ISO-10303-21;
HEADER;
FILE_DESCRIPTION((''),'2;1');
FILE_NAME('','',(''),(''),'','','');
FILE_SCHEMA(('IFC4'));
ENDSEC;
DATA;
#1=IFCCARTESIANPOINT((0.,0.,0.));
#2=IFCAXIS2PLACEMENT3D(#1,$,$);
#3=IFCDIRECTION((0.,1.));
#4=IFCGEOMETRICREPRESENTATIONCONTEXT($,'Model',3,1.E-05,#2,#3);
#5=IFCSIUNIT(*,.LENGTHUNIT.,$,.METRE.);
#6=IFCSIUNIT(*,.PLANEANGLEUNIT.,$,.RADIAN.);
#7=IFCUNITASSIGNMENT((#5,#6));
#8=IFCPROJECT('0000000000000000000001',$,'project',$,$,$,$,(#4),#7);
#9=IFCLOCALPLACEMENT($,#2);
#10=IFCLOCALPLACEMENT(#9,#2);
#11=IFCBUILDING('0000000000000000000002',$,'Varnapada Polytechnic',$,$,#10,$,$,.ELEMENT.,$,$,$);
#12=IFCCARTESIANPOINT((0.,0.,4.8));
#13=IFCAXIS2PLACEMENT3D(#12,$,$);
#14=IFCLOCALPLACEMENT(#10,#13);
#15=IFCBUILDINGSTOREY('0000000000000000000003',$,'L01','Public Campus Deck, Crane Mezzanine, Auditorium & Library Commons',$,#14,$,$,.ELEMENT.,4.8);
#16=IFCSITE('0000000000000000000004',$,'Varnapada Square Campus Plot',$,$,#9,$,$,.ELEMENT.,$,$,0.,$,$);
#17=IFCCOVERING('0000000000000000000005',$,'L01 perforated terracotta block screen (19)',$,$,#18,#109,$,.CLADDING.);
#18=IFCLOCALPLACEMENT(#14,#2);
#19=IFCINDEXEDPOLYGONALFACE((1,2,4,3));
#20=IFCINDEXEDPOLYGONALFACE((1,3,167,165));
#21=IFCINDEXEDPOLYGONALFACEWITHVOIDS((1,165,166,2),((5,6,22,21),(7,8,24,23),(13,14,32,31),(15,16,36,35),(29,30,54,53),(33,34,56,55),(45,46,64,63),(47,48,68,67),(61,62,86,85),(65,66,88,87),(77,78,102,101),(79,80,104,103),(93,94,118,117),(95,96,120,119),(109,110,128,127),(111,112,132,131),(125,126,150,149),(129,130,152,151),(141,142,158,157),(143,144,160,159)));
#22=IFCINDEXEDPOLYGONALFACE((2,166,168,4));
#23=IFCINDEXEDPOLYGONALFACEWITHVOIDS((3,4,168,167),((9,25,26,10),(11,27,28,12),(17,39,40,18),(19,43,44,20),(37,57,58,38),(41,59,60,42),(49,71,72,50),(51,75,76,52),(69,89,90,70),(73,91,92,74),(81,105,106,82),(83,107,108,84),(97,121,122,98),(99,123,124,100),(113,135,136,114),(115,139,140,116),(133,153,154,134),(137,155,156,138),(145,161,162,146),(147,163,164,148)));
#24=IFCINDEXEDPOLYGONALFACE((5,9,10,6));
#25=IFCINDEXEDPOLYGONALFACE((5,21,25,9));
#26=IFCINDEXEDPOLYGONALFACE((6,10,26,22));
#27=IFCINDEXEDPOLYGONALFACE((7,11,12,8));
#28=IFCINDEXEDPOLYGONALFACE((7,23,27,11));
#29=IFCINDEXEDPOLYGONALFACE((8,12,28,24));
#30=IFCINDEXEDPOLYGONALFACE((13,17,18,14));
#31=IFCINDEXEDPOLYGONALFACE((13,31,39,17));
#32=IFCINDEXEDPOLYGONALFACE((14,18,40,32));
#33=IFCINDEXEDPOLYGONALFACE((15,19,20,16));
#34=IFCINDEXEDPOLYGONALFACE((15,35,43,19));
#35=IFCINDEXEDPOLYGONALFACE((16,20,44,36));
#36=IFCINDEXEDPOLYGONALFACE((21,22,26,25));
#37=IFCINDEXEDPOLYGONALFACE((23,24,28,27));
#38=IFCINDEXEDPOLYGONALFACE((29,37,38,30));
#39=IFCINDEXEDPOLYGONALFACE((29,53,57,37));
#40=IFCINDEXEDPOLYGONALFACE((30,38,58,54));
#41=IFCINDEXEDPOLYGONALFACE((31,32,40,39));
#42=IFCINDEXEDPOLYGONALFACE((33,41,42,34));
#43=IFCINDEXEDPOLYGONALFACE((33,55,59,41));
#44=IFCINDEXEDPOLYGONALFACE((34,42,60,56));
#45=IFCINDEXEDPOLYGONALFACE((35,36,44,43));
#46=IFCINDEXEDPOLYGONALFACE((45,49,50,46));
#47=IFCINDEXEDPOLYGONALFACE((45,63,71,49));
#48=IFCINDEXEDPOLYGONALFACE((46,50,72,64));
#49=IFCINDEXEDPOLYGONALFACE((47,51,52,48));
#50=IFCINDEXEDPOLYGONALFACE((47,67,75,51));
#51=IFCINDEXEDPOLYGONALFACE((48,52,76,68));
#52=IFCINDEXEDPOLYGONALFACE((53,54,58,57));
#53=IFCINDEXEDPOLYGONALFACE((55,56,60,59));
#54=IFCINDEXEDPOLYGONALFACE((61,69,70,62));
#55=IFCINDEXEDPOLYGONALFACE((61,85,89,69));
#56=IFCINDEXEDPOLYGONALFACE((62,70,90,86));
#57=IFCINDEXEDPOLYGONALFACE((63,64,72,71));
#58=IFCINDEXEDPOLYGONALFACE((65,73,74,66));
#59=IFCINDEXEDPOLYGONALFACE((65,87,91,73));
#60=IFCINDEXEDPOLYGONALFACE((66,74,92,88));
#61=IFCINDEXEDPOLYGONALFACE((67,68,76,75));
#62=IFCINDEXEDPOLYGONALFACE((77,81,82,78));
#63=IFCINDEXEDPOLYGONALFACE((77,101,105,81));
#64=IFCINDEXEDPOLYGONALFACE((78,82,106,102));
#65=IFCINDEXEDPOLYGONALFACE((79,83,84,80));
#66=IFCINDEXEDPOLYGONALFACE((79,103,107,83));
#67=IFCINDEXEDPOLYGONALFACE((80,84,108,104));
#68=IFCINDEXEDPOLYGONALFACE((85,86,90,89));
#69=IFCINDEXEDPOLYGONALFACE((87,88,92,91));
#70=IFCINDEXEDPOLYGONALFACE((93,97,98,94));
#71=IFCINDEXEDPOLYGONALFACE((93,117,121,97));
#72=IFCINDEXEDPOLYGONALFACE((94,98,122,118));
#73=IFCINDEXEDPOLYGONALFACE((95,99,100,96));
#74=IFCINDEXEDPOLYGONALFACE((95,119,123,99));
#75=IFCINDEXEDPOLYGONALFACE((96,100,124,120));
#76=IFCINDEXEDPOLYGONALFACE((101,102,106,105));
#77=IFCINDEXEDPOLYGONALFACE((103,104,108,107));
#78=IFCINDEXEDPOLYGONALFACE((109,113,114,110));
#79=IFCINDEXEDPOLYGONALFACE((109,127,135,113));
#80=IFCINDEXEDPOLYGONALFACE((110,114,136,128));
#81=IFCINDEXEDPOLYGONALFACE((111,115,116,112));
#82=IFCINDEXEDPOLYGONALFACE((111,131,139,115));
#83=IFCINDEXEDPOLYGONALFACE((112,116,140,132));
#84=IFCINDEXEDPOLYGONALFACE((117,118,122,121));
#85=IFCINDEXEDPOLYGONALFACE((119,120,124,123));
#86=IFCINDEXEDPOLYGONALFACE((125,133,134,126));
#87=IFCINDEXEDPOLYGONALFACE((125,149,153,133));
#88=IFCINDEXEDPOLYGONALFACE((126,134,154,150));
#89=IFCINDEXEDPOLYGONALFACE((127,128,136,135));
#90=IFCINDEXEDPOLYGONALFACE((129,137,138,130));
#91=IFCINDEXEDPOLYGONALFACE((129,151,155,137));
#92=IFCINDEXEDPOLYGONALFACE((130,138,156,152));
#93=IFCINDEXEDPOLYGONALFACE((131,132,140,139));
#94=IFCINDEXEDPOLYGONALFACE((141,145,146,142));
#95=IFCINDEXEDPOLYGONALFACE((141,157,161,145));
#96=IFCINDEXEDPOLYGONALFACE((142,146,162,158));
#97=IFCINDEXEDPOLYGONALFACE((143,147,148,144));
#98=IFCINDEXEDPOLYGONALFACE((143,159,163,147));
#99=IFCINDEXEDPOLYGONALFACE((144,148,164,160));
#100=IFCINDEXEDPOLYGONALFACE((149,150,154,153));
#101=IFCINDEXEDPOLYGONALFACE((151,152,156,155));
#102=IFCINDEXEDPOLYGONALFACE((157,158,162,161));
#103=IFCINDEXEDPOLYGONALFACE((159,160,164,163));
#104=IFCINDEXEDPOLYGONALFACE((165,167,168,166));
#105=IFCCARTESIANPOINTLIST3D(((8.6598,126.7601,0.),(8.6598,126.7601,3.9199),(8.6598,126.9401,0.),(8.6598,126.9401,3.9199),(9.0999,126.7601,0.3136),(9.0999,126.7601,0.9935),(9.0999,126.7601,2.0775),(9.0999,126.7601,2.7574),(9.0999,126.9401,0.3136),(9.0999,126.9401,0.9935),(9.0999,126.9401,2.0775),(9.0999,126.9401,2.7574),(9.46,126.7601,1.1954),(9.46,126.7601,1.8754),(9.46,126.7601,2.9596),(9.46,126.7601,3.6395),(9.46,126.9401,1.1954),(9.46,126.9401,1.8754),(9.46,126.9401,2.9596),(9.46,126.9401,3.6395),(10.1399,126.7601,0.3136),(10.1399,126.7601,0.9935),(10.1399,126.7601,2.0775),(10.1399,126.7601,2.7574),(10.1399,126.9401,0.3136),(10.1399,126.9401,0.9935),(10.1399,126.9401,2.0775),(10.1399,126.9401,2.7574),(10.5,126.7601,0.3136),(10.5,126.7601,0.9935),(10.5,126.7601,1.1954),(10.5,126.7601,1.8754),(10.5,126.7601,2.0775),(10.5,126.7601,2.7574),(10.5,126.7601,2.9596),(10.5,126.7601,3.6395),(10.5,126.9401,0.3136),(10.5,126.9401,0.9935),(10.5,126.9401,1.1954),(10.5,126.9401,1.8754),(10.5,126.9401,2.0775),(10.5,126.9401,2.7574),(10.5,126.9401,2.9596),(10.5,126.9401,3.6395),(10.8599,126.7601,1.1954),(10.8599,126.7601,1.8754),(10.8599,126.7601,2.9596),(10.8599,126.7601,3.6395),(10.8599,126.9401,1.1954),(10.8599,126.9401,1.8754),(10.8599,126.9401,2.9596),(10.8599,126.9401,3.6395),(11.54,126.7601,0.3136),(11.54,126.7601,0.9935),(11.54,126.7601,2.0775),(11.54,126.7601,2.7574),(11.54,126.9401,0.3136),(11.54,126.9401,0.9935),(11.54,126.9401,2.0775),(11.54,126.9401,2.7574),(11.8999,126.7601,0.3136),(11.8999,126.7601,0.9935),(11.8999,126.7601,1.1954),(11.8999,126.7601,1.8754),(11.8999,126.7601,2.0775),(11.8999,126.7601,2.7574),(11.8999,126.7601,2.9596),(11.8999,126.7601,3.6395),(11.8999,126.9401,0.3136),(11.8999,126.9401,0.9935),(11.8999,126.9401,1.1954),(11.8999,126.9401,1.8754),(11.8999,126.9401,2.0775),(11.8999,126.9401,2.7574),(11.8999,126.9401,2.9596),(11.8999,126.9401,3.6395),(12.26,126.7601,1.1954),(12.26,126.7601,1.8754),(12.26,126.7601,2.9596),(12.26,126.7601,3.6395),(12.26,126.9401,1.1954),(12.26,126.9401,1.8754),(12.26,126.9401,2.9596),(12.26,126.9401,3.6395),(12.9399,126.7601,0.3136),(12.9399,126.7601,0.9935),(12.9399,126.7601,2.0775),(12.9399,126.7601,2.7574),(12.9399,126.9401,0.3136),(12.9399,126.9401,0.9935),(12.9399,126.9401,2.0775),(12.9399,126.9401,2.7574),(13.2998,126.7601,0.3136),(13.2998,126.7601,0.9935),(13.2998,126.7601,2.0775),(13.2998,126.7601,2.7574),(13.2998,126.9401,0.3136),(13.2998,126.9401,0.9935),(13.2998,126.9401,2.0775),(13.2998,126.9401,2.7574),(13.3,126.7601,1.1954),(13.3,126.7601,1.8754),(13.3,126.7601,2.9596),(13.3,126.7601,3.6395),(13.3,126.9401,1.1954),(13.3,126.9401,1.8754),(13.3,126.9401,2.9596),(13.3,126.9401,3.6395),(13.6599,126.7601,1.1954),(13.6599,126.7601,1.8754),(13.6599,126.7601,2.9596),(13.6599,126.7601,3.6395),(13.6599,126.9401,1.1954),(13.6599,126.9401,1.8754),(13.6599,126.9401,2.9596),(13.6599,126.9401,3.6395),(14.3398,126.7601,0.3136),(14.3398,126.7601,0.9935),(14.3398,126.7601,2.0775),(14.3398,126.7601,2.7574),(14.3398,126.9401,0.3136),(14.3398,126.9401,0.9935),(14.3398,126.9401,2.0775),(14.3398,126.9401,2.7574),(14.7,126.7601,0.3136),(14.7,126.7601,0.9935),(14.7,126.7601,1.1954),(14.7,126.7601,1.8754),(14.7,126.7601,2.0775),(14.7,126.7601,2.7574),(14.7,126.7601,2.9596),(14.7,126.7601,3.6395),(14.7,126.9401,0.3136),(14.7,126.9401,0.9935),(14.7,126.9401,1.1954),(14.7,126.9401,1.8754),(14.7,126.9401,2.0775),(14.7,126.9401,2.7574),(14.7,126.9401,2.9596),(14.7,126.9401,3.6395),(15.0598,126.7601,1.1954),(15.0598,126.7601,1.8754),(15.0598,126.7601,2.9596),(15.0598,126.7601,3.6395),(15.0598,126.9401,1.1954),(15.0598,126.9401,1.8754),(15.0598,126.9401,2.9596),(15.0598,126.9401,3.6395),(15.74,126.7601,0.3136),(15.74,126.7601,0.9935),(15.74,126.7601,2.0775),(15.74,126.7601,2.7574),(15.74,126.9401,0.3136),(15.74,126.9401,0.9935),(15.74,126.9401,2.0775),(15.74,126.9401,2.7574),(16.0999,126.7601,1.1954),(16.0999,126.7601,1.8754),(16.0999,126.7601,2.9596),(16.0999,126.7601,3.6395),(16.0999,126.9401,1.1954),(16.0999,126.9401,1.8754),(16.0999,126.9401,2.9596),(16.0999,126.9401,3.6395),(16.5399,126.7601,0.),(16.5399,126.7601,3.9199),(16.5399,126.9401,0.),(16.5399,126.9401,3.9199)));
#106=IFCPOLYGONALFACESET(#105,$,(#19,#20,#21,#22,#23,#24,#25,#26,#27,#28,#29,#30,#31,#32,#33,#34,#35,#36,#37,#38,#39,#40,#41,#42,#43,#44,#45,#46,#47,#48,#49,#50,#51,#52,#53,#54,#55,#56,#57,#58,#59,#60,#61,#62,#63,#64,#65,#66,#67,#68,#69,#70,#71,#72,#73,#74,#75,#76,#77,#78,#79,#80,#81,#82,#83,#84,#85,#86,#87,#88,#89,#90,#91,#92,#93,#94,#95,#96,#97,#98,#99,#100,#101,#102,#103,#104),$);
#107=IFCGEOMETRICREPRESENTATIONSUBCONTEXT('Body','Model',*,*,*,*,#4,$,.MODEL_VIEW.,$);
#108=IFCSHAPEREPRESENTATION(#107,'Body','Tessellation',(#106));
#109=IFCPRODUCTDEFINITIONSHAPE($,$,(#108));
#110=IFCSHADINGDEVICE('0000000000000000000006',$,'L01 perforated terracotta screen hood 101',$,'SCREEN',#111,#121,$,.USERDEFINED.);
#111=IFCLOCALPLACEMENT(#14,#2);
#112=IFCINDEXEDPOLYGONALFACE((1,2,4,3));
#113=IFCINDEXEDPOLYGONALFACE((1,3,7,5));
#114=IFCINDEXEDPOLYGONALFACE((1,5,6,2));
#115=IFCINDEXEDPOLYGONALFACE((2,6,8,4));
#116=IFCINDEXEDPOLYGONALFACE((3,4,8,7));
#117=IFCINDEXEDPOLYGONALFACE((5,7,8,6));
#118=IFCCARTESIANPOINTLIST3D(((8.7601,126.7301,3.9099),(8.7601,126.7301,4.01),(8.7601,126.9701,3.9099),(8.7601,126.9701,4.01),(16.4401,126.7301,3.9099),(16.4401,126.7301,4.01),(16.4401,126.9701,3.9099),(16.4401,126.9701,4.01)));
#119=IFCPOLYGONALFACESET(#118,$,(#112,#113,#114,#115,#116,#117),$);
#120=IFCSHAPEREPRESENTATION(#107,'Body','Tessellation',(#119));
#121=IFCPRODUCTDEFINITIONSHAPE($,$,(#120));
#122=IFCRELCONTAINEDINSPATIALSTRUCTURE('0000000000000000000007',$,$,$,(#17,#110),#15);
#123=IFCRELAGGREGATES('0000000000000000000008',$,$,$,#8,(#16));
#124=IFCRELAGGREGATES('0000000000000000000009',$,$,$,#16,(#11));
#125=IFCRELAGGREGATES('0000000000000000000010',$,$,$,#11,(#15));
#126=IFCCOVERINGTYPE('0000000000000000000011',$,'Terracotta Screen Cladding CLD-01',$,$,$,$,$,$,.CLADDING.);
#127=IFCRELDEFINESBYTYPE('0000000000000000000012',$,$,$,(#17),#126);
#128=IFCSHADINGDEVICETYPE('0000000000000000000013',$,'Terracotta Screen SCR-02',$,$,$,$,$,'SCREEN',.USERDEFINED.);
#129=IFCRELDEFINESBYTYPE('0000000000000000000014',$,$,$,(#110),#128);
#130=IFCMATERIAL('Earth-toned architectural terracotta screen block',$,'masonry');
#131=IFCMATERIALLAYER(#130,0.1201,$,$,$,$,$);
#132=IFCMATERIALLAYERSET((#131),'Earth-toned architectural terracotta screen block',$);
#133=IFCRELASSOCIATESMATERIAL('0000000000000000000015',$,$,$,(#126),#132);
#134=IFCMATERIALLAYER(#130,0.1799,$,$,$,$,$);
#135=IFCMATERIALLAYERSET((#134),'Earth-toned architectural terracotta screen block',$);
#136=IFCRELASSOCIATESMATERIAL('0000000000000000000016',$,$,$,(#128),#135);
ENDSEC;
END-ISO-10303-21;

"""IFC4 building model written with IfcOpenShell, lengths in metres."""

from ifc_helpers import new_model, si_unit, direction, frame, frame_2d, origin, origin_2d, place, context, subcontext, project, spatial, rectangle, extrude, material, layer, layer_set, type_object, element, save


model = new_model("IFC4")

# Units and contexts
model_context = context("Model", 3, precision=1e-05, world=origin(), true_north=direction((0.0, 1.0)))
body_context = subcontext(model_context, "Body", "Model", "MODEL_VIEW")
ifc_project = project(units=[si_unit("LENGTHUNIT", "METRE"), si_unit("PLANEANGLEUNIT", "RADIAN")], contexts=[model_context])

# Site, building, storey
site_placement = place(None, origin())
site = spatial("IfcSite", under=ifc_project, at=site_placement, Name="Varnapada Square Campus Plot", CompositionType="ELEMENT", RefElevation=0.0)
building_placement = place(site_placement, origin())
building = spatial("IfcBuilding", under=site, at=building_placement, Name="Varnapada Polytechnic", CompositionType="ELEMENT")
storey_placement = place(building_placement, frame((0.0, 0.0, 4.8)))
storey = spatial("IfcBuildingStorey", under=building, at=storey_placement, Name="L01", Description="Public Campus Deck, Crane Mezzanine, Auditorium & Library Commons", CompositionType="ELEMENT", Elevation=4.8)

# Covering, openings
ifc_material_1 = material(Name="Earth-toned architectural terracotta screen block", Category="masonry")
ifc_layer_1 = layer(ifc_material_1, 0.1201)
ifc_layer_set_1 = layer_set([ifc_layer_1], Name="Earth-toned architectural terracotta screen block")
covering_type = type_object("IfcCoveringType", Name="Terracotta Screen Cladding CLD-01", PredefinedType="CLADDING", material=ifc_layer_set_1)
covering_placement = place(storey_placement, frame((8.6599, 126.8501, 0.0), z_axis=(0.0, 0.0, 1.0), x_axis=(1.0, 0.0, 0.0)))
covering = element("IfcCovering", 1, at=covering_placement, inside=storey, type_object=covering_type, Name="L01 perforated terracotta block screen (19)", PredefinedType="CLADDING", context=body_context, shape_type="SweptSolid", body=[
    extrude(rectangle(XDim=7.8801, YDim=0.1799, at=frame_2d((3.9399, 0.0))), origin(), (0.0, 0.0, 1.0), 3.9199),
])
opening_1_placement = place(covering_placement, frame((0.4399, 0.0, 0.3137)))
element("IfcOpeningElement", 2, at=opening_1_placement, cuts=covering, PredefinedType="OPENING", context=body_context, shape_type="SweptSolid", body=[
    extrude(rectangle(XDim=1.04, YDim=0.6799, at=frame_2d((0.52, 0.3398))), frame((0.0, 0.0999, 0.0), z_axis=(0.0, -1.0, 0.0), x_axis=(1.0, 0.0, 0.0)), (0.0, 0.0, 1.0), 0.2),
])
opening_2_placement = place(covering_placement, frame((1.8401, 0.0, 0.3137)))
element("IfcOpeningElement", 3, at=opening_2_placement, cuts=covering, PredefinedType="OPENING", context=body_context, shape_type="SweptSolid", body=[
    extrude(rectangle(XDim=1.04, YDim=0.6799, at=frame_2d((0.52, 0.3398))), frame((0.0, 0.0999, 0.0), z_axis=(0.0, -1.0, 0.0), x_axis=(1.0, 0.0, 0.0)), (0.0, 0.0, 1.0), 0.2),
])
opening_3_placement = place(covering_placement, frame((3.24, 0.0, 0.3137)))
element("IfcOpeningElement", 4, at=opening_3_placement, cuts=covering, PredefinedType="OPENING", context=body_context, shape_type="SweptSolid", body=[
    extrude(rectangle(XDim=1.04, YDim=0.6799, at=frame_2d((0.52, 0.3398))), frame((0.0, 0.0999, 0.0), z_axis=(0.0, -1.0, 0.0), x_axis=(1.0, 0.0, 0.0)), (0.0, 0.0, 1.0), 0.2),
])
opening_4_placement = place(covering_placement, frame((4.6399, 0.0, 0.3137)))
element("IfcOpeningElement", 5, at=opening_4_placement, cuts=covering, PredefinedType="OPENING", context=body_context, shape_type="SweptSolid", body=[
    extrude(rectangle(XDim=1.04, YDim=0.6799, at=frame_2d((0.52, 0.3398))), frame((0.0, 0.0999, 0.0), z_axis=(0.0, -1.0, 0.0), x_axis=(1.0, 0.0, 0.0)), (0.0, 0.0, 1.0), 0.2),
])
opening_5_placement = place(covering_placement, frame((6.04, 0.0, 0.3137)))
element("IfcOpeningElement", 6, at=opening_5_placement, cuts=covering, PredefinedType="OPENING", context=body_context, shape_type="SweptSolid", body=[
    extrude(rectangle(XDim=1.04, YDim=0.6799, at=frame_2d((0.52, 0.3398))), frame((0.0, 0.0999, 0.0), z_axis=(0.0, -1.0, 0.0), x_axis=(1.0, 0.0, 0.0)), (0.0, 0.0, 1.0), 0.2),
])
opening_6_placement = place(covering_placement, frame((0.8, 0.0, 1.1956)))
element("IfcOpeningElement", 7, at=opening_6_placement, cuts=covering, PredefinedType="OPENING", context=body_context, shape_type="SweptSolid", body=[
    extrude(rectangle(XDim=1.04, YDim=0.6799, at=frame_2d((0.52, 0.3398))), frame((0.0, 0.0999, 0.0), z_axis=(0.0, -1.0, 0.0), x_axis=(1.0, 0.0, 0.0)), (0.0, 0.0, 1.0), 0.2),
])
opening_7_placement = place(covering_placement, frame((2.2, 0.0, 1.1956)))
element("IfcOpeningElement", 8, at=opening_7_placement, cuts=covering, PredefinedType="OPENING", context=body_context, shape_type="SweptSolid", body=[
    extrude(rectangle(XDim=1.04, YDim=0.6799, at=frame_2d((0.52, 0.3398))), frame((0.0, 0.0999, 0.0), z_axis=(0.0, -1.0, 0.0), x_axis=(1.0, 0.0, 0.0)), (0.0, 0.0, 1.0), 0.2),
])
opening_8_placement = place(covering_placement, frame((3.6001, 0.0, 1.1956)))
element("IfcOpeningElement", 9, at=opening_8_placement, cuts=covering, PredefinedType="OPENING", context=body_context, shape_type="SweptSolid", body=[
    extrude(rectangle(XDim=1.04, YDim=0.6799, at=frame_2d((0.52, 0.3398))), frame((0.0, 0.0999, 0.0), z_axis=(0.0, -1.0, 0.0), x_axis=(1.0, 0.0, 0.0)), (0.0, 0.0, 1.0), 0.2),
])
opening_9_placement = place(covering_placement, frame((5.0, 0.0, 1.1956)))
element("IfcOpeningElement", 10, at=opening_9_placement, cuts=covering, PredefinedType="OPENING", context=body_context, shape_type="SweptSolid", body=[
    extrude(rectangle(XDim=1.04, YDim=0.6799, at=frame_2d((0.52, 0.3398))), frame((0.0, 0.0999, 0.0), z_axis=(0.0, -1.0, 0.0), x_axis=(1.0, 0.0, 0.0)), (0.0, 0.0, 1.0), 0.2),
])
opening_10_placement = place(covering_placement, frame((6.3999, 0.0, 1.1956)))
element("IfcOpeningElement", 11, at=opening_10_placement, cuts=covering, PredefinedType="OPENING", context=body_context, shape_type="SweptSolid", body=[
    extrude(rectangle(XDim=1.04, YDim=0.6799, at=frame_2d((0.52, 0.3398))), frame((0.0, 0.0999, 0.0), z_axis=(0.0, -1.0, 0.0), x_axis=(1.0, 0.0, 0.0)), (0.0, 0.0, 1.0), 0.2),
])
opening_11_placement = place(covering_placement, frame((0.4399, 0.0, 2.0776)))
element("IfcOpeningElement", 12, at=opening_11_placement, cuts=covering, PredefinedType="OPENING", context=body_context, shape_type="SweptSolid", body=[
    extrude(rectangle(XDim=1.04, YDim=0.6799, at=frame_2d((0.52, 0.3398))), frame((0.0, 0.0999, 0.0), z_axis=(0.0, -1.0, 0.0), x_axis=(1.0, 0.0, 0.0)), (0.0, 0.0, 1.0), 0.2),
])
opening_12_placement = place(covering_placement, frame((1.8401, 0.0, 2.0776)))
element("IfcOpeningElement", 13, at=opening_12_placement, cuts=covering, PredefinedType="OPENING", context=body_context, shape_type="SweptSolid", body=[
    extrude(rectangle(XDim=1.04, YDim=0.6799, at=frame_2d((0.52, 0.3398))), frame((0.0, 0.0999, 0.0), z_axis=(0.0, -1.0, 0.0), x_axis=(1.0, 0.0, 0.0)), (0.0, 0.0, 1.0), 0.2),
])
opening_13_placement = place(covering_placement, frame((3.24, 0.0, 2.0776)))
element("IfcOpeningElement", 14, at=opening_13_placement, cuts=covering, PredefinedType="OPENING", context=body_context, shape_type="SweptSolid", body=[
    extrude(rectangle(XDim=1.04, YDim=0.6799, at=frame_2d((0.52, 0.3398))), frame((0.0, 0.0999, 0.0), z_axis=(0.0, -1.0, 0.0), x_axis=(1.0, 0.0, 0.0)), (0.0, 0.0, 1.0), 0.2),
])
opening_14_placement = place(covering_placement, frame((4.6399, 0.0, 2.0776)))
element("IfcOpeningElement", 15, at=opening_14_placement, cuts=covering, PredefinedType="OPENING", context=body_context, shape_type="SweptSolid", body=[
    extrude(rectangle(XDim=1.04, YDim=0.6799, at=frame_2d((0.52, 0.3398))), frame((0.0, 0.0999, 0.0), z_axis=(0.0, -1.0, 0.0), x_axis=(1.0, 0.0, 0.0)), (0.0, 0.0, 1.0), 0.2),
])
opening_15_placement = place(covering_placement, frame((6.04, 0.0, 2.0776)))
element("IfcOpeningElement", 16, at=opening_15_placement, cuts=covering, PredefinedType="OPENING", context=body_context, shape_type="SweptSolid", body=[
    extrude(rectangle(XDim=1.04, YDim=0.6799, at=frame_2d((0.52, 0.3398))), frame((0.0, 0.0999, 0.0), z_axis=(0.0, -1.0, 0.0), x_axis=(1.0, 0.0, 0.0)), (0.0, 0.0, 1.0), 0.2),
])
opening_16_placement = place(covering_placement, frame((0.8, 0.0, 2.9597)))
element("IfcOpeningElement", 17, at=opening_16_placement, cuts=covering, PredefinedType="OPENING", context=body_context, shape_type="SweptSolid", body=[
    extrude(rectangle(XDim=1.04, YDim=0.6799, at=frame_2d((0.52, 0.3398))), frame((0.0, 0.0999, 0.0), z_axis=(0.0, -1.0, 0.0), x_axis=(1.0, 0.0, 0.0)), (0.0, 0.0, 1.0), 0.2),
])
opening_17_placement = place(covering_placement, frame((2.2, 0.0, 2.9597)))
element("IfcOpeningElement", 18, at=opening_17_placement, cuts=covering, PredefinedType="OPENING", context=body_context, shape_type="SweptSolid", body=[
    extrude(rectangle(XDim=1.04, YDim=0.6799, at=frame_2d((0.52, 0.3398))), frame((0.0, 0.0999, 0.0), z_axis=(0.0, -1.0, 0.0), x_axis=(1.0, 0.0, 0.0)), (0.0, 0.0, 1.0), 0.2),
])
opening_18_placement = place(covering_placement, frame((3.6001, 0.0, 2.9597)))
element("IfcOpeningElement", 19, at=opening_18_placement, cuts=covering, PredefinedType="OPENING", context=body_context, shape_type="SweptSolid", body=[
    extrude(rectangle(XDim=1.04, YDim=0.6799, at=frame_2d((0.52, 0.3398))), frame((0.0, 0.0999, 0.0), z_axis=(0.0, -1.0, 0.0), x_axis=(1.0, 0.0, 0.0)), (0.0, 0.0, 1.0), 0.2),
])
opening_19_placement = place(covering_placement, frame((5.0, 0.0, 2.9597)))
element("IfcOpeningElement", 20, at=opening_19_placement, cuts=covering, PredefinedType="OPENING", context=body_context, shape_type="SweptSolid", body=[
    extrude(rectangle(XDim=1.04, YDim=0.6799, at=frame_2d((0.52, 0.3398))), frame((0.0, 0.0999, 0.0), z_axis=(0.0, -1.0, 0.0), x_axis=(1.0, 0.0, 0.0)), (0.0, 0.0, 1.0), 0.2),
])
opening_20_placement = place(covering_placement, frame((6.3999, 0.0, 2.9597)))
element("IfcOpeningElement", 21, at=opening_20_placement, cuts=covering, PredefinedType="OPENING", context=body_context, shape_type="SweptSolid", body=[
    extrude(rectangle(XDim=1.04, YDim=0.6799, at=frame_2d((0.52, 0.3398))), frame((0.0, 0.0999, 0.0), z_axis=(0.0, -1.0, 0.0), x_axis=(1.0, 0.0, 0.0)), (0.0, 0.0, 1.0), 0.2),
])

# Shading device
ifc_layer_2 = layer(ifc_material_1, 0.1799)
ifc_layer_set_2 = layer_set([ifc_layer_2], Name="Earth-toned architectural terracotta screen block")
shading_device_type_1 = type_object("IfcShadingDeviceType", Name="Terracotta Screen SCR-02", ElementType="SCREEN", PredefinedType="USERDEFINED", material=ifc_layer_set_2)
shading_device_1_placement = place(storey_placement, frame((12.6001, 126.8501, 3.9099), z_axis=(0.0, 0.0, 1.0), x_axis=(1.0, 0.0, 0.0)))
element("IfcShadingDevice", 22, at=shading_device_1_placement, inside=storey, type_object=shading_device_type_1, Name="L01 perforated terracotta screen hood 101", ObjectType="SCREEN", PredefinedType="USERDEFINED", context=body_context, shape_type="SweptSolid", body=[
    extrude(rectangle(XDim=7.6799, YDim=0.24, at=origin_2d()), origin(), (0.0, 0.0, 1.0), 0.1001),
])

save(model, "model.ifc")
